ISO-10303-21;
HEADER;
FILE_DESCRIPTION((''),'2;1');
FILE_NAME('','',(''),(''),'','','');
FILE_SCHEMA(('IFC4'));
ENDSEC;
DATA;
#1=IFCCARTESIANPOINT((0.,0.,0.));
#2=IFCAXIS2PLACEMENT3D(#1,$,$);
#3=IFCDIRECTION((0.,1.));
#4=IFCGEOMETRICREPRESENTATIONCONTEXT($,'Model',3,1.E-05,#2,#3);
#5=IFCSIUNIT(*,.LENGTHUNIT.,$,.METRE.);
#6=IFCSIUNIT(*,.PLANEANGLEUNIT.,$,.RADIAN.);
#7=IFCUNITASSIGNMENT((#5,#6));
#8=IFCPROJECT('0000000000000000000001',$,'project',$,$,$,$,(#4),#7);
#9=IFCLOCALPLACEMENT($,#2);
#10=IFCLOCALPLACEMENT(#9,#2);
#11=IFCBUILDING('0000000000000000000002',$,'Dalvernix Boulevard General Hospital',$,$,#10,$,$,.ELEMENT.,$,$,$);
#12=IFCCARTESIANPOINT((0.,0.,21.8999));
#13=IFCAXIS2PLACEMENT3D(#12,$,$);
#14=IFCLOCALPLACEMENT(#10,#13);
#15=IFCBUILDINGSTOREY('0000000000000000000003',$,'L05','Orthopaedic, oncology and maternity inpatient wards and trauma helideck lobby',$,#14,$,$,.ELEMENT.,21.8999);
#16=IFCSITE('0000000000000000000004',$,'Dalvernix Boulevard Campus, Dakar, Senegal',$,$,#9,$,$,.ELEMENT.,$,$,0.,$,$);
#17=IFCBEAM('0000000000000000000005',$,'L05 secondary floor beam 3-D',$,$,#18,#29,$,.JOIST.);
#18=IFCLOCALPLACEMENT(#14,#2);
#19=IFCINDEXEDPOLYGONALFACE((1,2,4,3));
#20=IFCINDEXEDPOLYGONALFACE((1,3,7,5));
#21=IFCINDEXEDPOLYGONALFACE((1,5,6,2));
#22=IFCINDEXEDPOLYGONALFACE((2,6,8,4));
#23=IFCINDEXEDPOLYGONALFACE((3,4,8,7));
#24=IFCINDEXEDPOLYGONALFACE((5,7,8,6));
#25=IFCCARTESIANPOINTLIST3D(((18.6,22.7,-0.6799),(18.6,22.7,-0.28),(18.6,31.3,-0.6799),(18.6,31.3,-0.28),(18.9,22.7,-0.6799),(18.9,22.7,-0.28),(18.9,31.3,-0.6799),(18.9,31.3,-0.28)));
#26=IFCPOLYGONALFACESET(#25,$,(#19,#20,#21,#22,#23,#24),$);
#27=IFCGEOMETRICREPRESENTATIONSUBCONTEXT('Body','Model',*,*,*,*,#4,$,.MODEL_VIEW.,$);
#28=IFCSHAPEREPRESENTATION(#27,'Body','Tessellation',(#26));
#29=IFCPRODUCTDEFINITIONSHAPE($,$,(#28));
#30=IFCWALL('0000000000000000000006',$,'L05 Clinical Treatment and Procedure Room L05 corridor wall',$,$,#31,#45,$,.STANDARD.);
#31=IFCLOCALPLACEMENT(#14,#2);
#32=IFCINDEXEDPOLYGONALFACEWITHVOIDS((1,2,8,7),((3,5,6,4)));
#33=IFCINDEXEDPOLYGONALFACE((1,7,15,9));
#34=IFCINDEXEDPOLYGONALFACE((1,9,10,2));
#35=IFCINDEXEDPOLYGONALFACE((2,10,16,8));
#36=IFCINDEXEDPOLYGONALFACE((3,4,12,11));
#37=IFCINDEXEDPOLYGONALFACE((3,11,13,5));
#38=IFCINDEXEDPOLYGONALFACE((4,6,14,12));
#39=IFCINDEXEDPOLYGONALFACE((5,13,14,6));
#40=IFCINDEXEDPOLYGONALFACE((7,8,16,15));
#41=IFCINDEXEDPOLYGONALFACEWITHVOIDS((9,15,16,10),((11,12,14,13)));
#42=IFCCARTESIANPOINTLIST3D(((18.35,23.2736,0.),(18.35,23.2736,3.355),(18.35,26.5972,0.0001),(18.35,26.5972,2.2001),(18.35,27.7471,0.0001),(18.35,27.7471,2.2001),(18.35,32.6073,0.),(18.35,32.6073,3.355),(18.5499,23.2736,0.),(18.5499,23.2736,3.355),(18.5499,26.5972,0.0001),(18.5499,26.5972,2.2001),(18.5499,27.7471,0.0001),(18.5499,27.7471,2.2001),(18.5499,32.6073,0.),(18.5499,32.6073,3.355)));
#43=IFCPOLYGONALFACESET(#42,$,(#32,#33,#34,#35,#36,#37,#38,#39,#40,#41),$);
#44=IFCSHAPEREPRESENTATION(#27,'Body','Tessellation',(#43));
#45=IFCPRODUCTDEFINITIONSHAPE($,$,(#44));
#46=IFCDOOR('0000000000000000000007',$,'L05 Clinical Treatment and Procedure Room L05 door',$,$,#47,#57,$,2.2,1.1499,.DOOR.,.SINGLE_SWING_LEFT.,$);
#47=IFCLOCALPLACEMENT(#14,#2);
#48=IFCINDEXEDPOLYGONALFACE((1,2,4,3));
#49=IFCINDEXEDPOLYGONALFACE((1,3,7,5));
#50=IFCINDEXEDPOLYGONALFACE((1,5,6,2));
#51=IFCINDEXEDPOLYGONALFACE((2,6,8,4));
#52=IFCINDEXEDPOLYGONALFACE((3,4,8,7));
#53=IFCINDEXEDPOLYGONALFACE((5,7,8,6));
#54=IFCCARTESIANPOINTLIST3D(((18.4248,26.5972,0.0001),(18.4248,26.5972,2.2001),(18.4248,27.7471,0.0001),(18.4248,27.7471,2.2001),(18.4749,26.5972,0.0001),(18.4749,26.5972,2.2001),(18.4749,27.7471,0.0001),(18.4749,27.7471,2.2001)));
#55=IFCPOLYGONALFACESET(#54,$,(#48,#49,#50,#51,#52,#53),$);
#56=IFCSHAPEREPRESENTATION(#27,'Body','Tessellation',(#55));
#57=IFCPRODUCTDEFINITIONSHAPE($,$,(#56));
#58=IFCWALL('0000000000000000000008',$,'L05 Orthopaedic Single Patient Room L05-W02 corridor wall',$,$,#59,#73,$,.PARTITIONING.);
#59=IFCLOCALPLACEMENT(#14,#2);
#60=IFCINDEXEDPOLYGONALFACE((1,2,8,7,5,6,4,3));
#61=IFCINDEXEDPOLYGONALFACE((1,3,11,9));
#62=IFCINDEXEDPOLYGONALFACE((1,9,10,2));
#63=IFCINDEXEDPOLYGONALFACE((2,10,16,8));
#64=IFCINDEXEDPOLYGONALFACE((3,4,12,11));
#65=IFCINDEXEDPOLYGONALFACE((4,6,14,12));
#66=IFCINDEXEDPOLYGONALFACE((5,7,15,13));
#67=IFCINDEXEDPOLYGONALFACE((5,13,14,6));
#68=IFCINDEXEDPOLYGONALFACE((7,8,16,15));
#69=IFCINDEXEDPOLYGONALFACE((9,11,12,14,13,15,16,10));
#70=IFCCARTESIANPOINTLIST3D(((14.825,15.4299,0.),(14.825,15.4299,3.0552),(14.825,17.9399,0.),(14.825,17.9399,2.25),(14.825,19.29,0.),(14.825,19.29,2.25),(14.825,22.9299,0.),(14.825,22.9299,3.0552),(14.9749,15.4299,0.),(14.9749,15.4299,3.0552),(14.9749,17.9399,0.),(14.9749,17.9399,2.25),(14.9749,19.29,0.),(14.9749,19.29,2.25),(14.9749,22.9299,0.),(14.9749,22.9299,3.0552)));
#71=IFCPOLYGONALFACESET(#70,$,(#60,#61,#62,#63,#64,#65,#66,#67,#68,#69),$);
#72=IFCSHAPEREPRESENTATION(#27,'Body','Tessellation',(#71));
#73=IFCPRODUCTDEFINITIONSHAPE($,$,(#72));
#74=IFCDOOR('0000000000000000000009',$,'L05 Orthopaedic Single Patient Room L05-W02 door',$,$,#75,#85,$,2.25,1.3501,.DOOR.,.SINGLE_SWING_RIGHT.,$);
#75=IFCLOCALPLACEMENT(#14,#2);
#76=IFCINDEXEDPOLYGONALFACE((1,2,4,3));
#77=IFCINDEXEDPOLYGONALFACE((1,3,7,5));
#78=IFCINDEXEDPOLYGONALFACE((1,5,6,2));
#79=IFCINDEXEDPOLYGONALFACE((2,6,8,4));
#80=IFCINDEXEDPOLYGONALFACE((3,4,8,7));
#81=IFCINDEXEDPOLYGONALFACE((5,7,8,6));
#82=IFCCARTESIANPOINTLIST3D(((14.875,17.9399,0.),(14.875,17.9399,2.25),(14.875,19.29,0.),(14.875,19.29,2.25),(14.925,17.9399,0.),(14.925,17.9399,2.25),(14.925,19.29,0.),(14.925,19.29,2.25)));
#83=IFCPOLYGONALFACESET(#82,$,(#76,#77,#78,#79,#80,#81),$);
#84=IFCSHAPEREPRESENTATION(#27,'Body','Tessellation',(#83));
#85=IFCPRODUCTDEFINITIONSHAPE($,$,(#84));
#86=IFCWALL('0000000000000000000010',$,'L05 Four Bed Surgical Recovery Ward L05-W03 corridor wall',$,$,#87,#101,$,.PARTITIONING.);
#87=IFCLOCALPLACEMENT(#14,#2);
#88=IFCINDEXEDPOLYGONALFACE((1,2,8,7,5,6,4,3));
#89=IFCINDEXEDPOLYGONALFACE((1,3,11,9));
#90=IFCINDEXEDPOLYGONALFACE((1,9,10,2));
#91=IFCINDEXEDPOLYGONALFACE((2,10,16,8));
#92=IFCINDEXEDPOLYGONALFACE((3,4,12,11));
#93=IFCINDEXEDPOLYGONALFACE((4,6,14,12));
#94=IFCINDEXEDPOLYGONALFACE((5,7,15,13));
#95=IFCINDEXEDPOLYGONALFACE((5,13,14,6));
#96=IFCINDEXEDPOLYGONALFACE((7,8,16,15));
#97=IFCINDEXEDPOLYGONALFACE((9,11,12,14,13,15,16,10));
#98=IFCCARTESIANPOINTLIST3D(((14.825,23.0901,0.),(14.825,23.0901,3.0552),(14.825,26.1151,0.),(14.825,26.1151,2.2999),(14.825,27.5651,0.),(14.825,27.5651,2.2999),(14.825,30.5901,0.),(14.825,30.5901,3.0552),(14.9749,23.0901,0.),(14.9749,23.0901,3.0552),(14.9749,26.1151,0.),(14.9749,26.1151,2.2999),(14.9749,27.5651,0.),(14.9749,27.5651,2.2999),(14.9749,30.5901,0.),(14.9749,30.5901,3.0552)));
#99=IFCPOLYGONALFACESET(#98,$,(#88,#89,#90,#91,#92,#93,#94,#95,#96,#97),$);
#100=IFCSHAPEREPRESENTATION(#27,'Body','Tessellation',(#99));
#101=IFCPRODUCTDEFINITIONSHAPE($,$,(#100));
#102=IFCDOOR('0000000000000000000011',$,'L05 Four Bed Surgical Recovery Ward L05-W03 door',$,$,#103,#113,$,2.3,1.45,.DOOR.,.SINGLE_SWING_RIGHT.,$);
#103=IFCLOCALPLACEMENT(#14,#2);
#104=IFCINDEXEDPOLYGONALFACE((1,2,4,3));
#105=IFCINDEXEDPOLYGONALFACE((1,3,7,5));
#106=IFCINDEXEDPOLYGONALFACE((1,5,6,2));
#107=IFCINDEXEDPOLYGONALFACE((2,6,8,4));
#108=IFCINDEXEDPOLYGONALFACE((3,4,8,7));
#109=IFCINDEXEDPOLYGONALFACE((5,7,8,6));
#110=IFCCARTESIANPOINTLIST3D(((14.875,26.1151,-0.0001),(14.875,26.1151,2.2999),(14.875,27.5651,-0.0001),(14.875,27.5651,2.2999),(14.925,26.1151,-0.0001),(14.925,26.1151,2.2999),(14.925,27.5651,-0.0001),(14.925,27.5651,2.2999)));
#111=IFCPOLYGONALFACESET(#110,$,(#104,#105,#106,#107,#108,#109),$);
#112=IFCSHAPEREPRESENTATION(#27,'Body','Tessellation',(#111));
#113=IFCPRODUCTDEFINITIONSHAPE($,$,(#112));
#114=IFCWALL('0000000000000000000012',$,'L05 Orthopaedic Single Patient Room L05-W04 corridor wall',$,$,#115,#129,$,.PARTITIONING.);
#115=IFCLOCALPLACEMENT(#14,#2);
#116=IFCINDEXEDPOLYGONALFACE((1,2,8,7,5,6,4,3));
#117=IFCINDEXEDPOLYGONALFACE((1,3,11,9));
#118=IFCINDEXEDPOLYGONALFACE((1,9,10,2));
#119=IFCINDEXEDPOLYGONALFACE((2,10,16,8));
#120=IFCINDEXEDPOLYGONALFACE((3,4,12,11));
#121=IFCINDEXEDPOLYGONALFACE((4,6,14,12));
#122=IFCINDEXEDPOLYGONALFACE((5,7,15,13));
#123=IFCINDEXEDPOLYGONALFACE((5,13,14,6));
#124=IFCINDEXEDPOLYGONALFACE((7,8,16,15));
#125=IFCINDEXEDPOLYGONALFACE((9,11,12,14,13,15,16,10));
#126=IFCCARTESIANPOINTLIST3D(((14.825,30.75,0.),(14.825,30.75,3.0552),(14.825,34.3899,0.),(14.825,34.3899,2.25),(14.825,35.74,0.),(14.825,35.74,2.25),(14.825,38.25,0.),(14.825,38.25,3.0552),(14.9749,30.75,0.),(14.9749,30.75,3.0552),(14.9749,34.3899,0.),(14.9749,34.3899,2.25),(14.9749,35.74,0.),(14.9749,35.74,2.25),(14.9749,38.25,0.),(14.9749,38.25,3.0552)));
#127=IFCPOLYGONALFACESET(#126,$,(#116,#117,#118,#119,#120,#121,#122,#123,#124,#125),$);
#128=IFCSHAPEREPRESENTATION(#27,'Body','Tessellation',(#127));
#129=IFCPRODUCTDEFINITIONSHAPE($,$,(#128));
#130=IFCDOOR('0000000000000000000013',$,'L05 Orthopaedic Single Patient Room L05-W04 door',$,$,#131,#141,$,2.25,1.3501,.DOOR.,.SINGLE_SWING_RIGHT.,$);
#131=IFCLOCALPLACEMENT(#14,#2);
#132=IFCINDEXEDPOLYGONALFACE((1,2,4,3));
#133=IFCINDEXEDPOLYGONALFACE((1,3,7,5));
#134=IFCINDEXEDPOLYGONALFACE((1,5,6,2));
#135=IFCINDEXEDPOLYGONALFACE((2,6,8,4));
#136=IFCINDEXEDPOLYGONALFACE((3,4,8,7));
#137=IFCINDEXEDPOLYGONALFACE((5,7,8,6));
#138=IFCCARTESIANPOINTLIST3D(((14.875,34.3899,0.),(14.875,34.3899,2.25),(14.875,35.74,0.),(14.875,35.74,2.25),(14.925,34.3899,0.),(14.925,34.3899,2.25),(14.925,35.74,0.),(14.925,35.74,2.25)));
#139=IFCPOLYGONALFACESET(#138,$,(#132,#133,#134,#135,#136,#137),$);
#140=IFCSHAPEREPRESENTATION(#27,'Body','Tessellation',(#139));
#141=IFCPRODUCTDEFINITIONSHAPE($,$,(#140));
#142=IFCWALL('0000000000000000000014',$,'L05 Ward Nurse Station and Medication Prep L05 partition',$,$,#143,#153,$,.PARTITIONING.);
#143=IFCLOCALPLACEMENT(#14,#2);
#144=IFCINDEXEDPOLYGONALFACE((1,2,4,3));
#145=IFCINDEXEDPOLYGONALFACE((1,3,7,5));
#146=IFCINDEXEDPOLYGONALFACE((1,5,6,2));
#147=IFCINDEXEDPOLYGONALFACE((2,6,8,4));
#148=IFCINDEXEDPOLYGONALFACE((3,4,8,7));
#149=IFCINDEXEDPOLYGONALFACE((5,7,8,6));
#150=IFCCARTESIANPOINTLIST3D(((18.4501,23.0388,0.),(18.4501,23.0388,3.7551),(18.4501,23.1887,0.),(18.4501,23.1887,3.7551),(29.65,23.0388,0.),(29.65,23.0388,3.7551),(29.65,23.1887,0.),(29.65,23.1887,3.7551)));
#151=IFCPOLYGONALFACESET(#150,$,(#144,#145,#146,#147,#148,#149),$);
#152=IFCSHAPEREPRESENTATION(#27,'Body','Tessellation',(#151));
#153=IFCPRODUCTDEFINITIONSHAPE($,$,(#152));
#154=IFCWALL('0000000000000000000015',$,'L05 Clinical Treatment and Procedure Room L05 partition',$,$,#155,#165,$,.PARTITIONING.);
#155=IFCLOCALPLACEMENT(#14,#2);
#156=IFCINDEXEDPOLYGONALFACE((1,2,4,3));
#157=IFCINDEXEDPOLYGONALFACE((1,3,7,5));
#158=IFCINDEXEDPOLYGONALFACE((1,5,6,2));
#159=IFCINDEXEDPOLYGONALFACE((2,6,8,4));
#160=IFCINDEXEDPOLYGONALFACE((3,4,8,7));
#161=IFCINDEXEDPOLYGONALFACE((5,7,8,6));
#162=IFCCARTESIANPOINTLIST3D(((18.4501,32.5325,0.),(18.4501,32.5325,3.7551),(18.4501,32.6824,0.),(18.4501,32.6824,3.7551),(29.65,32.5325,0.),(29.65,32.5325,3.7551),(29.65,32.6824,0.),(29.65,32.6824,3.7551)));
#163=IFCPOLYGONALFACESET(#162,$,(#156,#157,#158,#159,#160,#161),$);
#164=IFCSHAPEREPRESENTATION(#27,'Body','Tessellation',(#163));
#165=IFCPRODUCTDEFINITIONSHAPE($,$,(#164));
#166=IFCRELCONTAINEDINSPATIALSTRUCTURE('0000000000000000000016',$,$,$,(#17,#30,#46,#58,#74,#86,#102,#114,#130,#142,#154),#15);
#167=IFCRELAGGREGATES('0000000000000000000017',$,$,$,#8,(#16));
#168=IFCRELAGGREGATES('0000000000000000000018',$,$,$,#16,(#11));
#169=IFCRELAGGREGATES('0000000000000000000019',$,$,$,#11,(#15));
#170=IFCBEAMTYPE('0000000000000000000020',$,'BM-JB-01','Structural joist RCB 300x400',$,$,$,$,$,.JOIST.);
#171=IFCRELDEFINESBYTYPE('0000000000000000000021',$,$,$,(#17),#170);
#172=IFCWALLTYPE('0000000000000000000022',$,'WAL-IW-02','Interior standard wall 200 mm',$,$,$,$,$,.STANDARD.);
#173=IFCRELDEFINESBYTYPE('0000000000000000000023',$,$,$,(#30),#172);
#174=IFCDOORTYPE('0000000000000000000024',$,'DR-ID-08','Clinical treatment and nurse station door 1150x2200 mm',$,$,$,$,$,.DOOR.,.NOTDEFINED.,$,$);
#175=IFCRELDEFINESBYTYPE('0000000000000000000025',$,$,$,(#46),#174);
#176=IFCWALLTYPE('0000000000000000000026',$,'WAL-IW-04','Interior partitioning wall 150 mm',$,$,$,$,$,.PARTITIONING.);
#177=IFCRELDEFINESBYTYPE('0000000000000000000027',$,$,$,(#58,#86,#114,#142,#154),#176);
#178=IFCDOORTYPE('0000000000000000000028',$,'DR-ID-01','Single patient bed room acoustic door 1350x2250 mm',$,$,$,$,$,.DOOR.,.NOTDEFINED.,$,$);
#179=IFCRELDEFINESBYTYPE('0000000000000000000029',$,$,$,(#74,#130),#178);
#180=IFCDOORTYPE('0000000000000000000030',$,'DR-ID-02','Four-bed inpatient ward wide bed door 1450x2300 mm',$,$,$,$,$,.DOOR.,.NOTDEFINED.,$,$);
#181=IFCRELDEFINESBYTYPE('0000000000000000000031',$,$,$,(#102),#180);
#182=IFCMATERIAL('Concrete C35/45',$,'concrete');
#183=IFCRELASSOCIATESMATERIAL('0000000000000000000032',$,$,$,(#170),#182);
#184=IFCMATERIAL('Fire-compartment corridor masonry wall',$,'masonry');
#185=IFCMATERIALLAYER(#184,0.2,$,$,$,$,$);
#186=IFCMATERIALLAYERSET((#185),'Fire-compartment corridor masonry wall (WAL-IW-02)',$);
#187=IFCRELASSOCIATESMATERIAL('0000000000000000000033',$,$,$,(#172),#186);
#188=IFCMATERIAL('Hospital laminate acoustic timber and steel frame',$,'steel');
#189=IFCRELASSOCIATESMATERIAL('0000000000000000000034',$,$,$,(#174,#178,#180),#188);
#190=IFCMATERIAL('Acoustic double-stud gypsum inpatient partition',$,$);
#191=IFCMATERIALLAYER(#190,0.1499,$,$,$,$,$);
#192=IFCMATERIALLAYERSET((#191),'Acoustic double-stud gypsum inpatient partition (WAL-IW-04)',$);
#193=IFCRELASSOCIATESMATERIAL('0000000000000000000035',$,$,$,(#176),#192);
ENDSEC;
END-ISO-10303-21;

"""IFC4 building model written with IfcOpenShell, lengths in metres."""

from ifc_helpers import new_model, si_unit, direction, frame, frame_2d, origin, origin_2d, place, context, subcontext, project, spatial, rectangle, extrude, material, layer, layer_set, material_profile, profile_set, type_object, element, fill, save


model = new_model("IFC4")

# Units and contexts
model_context = context("Model", 3, precision=1e-05, world=origin(), true_north=direction((0.0, 1.0)))
body_context = subcontext(model_context, "Body", "Model", "MODEL_VIEW")
ifc_project = project(units=[si_unit("LENGTHUNIT", "METRE"), si_unit("PLANEANGLEUNIT", "RADIAN")], contexts=[model_context])

# Site, building, storey
site_placement = place(None, origin())
site = spatial("IfcSite", under=ifc_project, at=site_placement, Name="Dalvernix Boulevard Campus, Dakar, Senegal", CompositionType="ELEMENT", RefElevation=0.0)
building_placement = place(site_placement, origin())
building = spatial("IfcBuilding", under=site, at=building_placement, Name="Dalvernix Boulevard General Hospital", CompositionType="ELEMENT")
storey_placement = place(building_placement, frame((0.0, 0.0, 21.8999)))
storey = spatial("IfcBuildingStorey", under=building, at=storey_placement, Name="L05", Description="Orthopaedic, oncology and maternity inpatient wards and trauma helideck lobby", CompositionType="ELEMENT", Elevation=21.8999)

# Beam
ifc_material_1 = material(Name="Concrete C35/45", Category="concrete")
ifc_material_profile_1 = material_profile(ifc_material_1, rectangle(XDim=0.3, YDim=0.3999, at=origin_2d()), Name="RCB 300x400")
ifc_profile_set_1 = profile_set([ifc_material_profile_1], Name="Concrete C35/45")
beam_type_1 = type_object("IfcBeamType", Name="BM-JB-01", Description="Structural joist RCB 300x400", PredefinedType="JOIST", material=ifc_profile_set_1)
beam_placement = place(storey_placement, frame((18.75, 22.7, -0.48), z_axis=(0.0, 1.0, 0.0), x_axis=(-1.0, 0.0, 0.0)))
element("IfcBeam", 1, at=beam_placement, inside=storey, type_object=beam_type_1, Name="L05 secondary floor beam 3-D", PredefinedType="JOIST", context=body_context, shape_type="SweptSolid", body=[
    extrude(rectangle(XDim=0.3, YDim=0.3999, at=origin_2d()), origin(), (0.0, 0.0, 1.0), 8.6001),
])

# Walls, openings, doors
ifc_material_2 = material(Name="Fire-compartment corridor masonry wall", Category="masonry")
ifc_layer_1 = layer(ifc_material_2, 0.2)
ifc_layer_set_1 = layer_set([ifc_layer_1], Name="Fire-compartment corridor masonry wall (WAL-IW-02)")
wall_type_1 = type_object("IfcWallType", Name="WAL-IW-02", Description="Interior standard wall 200 mm", PredefinedType="STANDARD", material=ifc_layer_set_1)
wall_1_placement = place(storey_placement, frame((18.45, 32.6074, 0.0), z_axis=(0.0, 0.0, 1.0), x_axis=(0.0, -1.0, 0.0)))
wall_1 = element("IfcWall", 2, at=wall_1_placement, inside=storey, type_object=wall_type_1, Name="L05 Clinical Treatment and Procedure Room L05 corridor wall", PredefinedType="STANDARD", context=body_context, shape_type="SweptSolid", body=[
    extrude(rectangle(XDim=9.3337, YDim=0.2, at=frame_2d((4.667, 0.0))), origin(), (0.0, 0.0, 1.0), 3.355),
])
opening_1_placement = place(wall_1_placement, frame((4.8604, 0.0, 0.0)))
opening_1 = element("IfcOpeningElement", 3, at=opening_1_placement, cuts=wall_1, PredefinedType="OPENING", context=body_context, shape_type="SweptSolid", body=[
    extrude(rectangle(XDim=1.1499, YDim=2.2, at=frame_2d((0.575, 1.1001))), frame((0.0, 0.1099, 0.0), z_axis=(0.0, -1.0, 0.0), x_axis=(1.0, 0.0, 0.0)), (0.0, 0.0, 1.0), 0.22),
])
ifc_material_3 = material(Name="Hospital laminate acoustic timber and steel frame", Category="steel")
door_type_1 = type_object("IfcDoorType", Name="DR-ID-08", Description="Clinical treatment and nurse station door 1150x2200 mm", OperationType="NOTDEFINED", PredefinedType="DOOR", material=ifc_material_3)
door_1_placement = place(opening_1_placement, origin())
door_1 = element("IfcDoor", 4, at=door_1_placement, inside=storey, type_object=door_type_1, Name="L05 Clinical Treatment and Procedure Room L05 door", OperationType="SINGLE_SWING_LEFT", OverallHeight=2.2, OverallWidth=1.1499, PredefinedType="DOOR", context=body_context, shape_type="SweptSolid", body=[
    extrude(rectangle(XDim=1.1499, YDim=2.2, at=frame_2d((0.575, 1.1001))), frame((0.0, 0.0249, 0.0), z_axis=(0.0, -1.0, 0.0), x_axis=(1.0, 0.0, 0.0)), (0.0, 0.0, 1.0), 0.05),
])
fill(opening_1, door_1)
ifc_material_4 = material(Name="Acoustic double-stud gypsum inpatient partition")
ifc_layer_2 = layer(ifc_material_4, 0.1499)
ifc_layer_set_2 = layer_set([ifc_layer_2], Name="Acoustic double-stud gypsum inpatient partition (WAL-IW-04)")
wall_type_2 = type_object("IfcWallType", Name="WAL-IW-04", Description="Interior partitioning wall 150 mm", PredefinedType="PARTITIONING", material=ifc_layer_set_2)
wall_2_placement = place(storey_placement, frame((14.8999, 15.4299, 0.0), z_axis=(0.0, 0.0, 1.0), x_axis=(0.0, 1.0, 0.0)))
wall_2 = element("IfcWall", 5, at=wall_2_placement, inside=storey, type_object=wall_type_2, Name="L05 Orthopaedic Single Patient Room L05-W02 corridor wall", PredefinedType="PARTITIONING", context=body_context, shape_type="SweptSolid", body=[
    extrude(rectangle(XDim=7.5, YDim=0.1499, at=frame_2d((3.75, 0.0))), origin(), (0.0, 0.0, 1.0), 3.0552),
])
opening_2_placement = place(wall_2_placement, frame((2.51, 0.0, 0.0)))
opening_2 = element("IfcOpeningElement", 6, at=opening_2_placement, cuts=wall_2, PredefinedType="OPENING", context=body_context, shape_type="SweptSolid", body=[
    extrude(rectangle(XDim=1.3501, YDim=2.25, at=frame_2d((0.675, 1.125))), frame((0.0, 0.085, 0.0), z_axis=(0.0, -1.0, 0.0), x_axis=(1.0, 0.0, 0.0)), (0.0, 0.0, 1.0), 0.1699),
])
door_type_2 = type_object("IfcDoorType", Name="DR-ID-01", Description="Single patient bed room acoustic door 1350x2250 mm", OperationType="NOTDEFINED", PredefinedType="DOOR", material=ifc_material_3)
door_2_placement = place(opening_2_placement, origin())
door_2 = element("IfcDoor", 7, at=door_2_placement, inside=storey, type_object=door_type_2, Name="L05 Orthopaedic Single Patient Room L05-W02 door", OperationType="SINGLE_SWING_RIGHT", OverallHeight=2.25, OverallWidth=1.3501, PredefinedType="DOOR", context=body_context, shape_type="SweptSolid", body=[
    extrude(rectangle(XDim=1.3501, YDim=2.25, at=frame_2d((0.675, 1.125))), frame((0.0, 0.0249, 0.0), z_axis=(0.0, -1.0, 0.0), x_axis=(1.0, 0.0, 0.0)), (0.0, 0.0, 1.0), 0.05),
])
fill(opening_2, door_2)
wall_3_placement = place(storey_placement, frame((14.8999, 23.0901, 0.0), z_axis=(0.0, 0.0, 1.0), x_axis=(0.0, 1.0, 0.0)))
wall_3 = element("IfcWall", 8, at=wall_3_placement, inside=storey, type_object=wall_type_2, Name="L05 Four Bed Surgical Recovery Ward L05-W03 corridor wall", PredefinedType="PARTITIONING", context=body_context, shape_type="SweptSolid", body=[
    extrude(rectangle(XDim=7.5, YDim=0.1499, at=frame_2d((3.75, 0.0))), origin(), (0.0, 0.0, 1.0), 3.0552),
])
opening_3_placement = place(wall_3_placement, frame((3.0249, 0.0, 0.0)))
opening_3 = element("IfcOpeningElement", 9, at=opening_3_placement, cuts=wall_3, PredefinedType="OPENING", context=body_context, shape_type="SweptSolid", body=[
    extrude(rectangle(XDim=1.45, YDim=2.3, at=frame_2d((0.7251, 1.1499))), frame((0.0, 0.085, 0.0), z_axis=(0.0, -1.0, 0.0), x_axis=(1.0, 0.0, 0.0)), (0.0, 0.0, 1.0), 0.1699),
])
door_type_3 = type_object("IfcDoorType", Name="DR-ID-02", Description="Four-bed inpatient ward wide bed door 1450x2300 mm", OperationType="NOTDEFINED", PredefinedType="DOOR", material=ifc_material_3)
door_3_placement = place(opening_3_placement, origin())
door_3 = element("IfcDoor", 10, at=door_3_placement, inside=storey, type_object=door_type_3, Name="L05 Four Bed Surgical Recovery Ward L05-W03 door", OperationType="SINGLE_SWING_RIGHT", OverallHeight=2.3, OverallWidth=1.45, PredefinedType="DOOR", context=body_context, shape_type="SweptSolid", body=[
    extrude(rectangle(XDim=1.45, YDim=2.3, at=frame_2d((0.7251, 1.1499))), frame((0.0, 0.0249, 0.0), z_axis=(0.0, -1.0, 0.0), x_axis=(1.0, 0.0, 0.0)), (0.0, 0.0, 1.0), 0.05),
])
fill(opening_3, door_3)
wall_4_placement = place(storey_placement, frame((14.8999, 30.75, 0.0), z_axis=(0.0, 0.0, 1.0), x_axis=(0.0, 1.0, 0.0)))
wall_4 = element("IfcWall", 11, at=wall_4_placement, inside=storey, type_object=wall_type_2, Name="L05 Orthopaedic Single Patient Room L05-W04 corridor wall", PredefinedType="PARTITIONING", context=body_context, shape_type="SweptSolid", body=[
    extrude(rectangle(XDim=7.5, YDim=0.1499, at=frame_2d((3.75, 0.0))), origin(), (0.0, 0.0, 1.0), 3.0552),
])
opening_4_placement = place(wall_4_placement, frame((3.6399, 0.0, 0.0)))
opening_4 = element("IfcOpeningElement", 12, at=opening_4_placement, cuts=wall_4, PredefinedType="OPENING", context=body_context, shape_type="SweptSolid", body=[
    extrude(rectangle(XDim=1.3501, YDim=2.25, at=frame_2d((0.675, 1.125))), frame((0.0, 0.085, 0.0), z_axis=(0.0, -1.0, 0.0), x_axis=(1.0, 0.0, 0.0)), (0.0, 0.0, 1.0), 0.1699),
])
door_4_placement = place(opening_4_placement, origin())
door_4 = element("IfcDoor", 13, at=door_4_placement, inside=storey, type_object=door_type_2, Name="L05 Orthopaedic Single Patient Room L05-W04 door", OperationType="SINGLE_SWING_RIGHT", OverallHeight=2.25, OverallWidth=1.3501, PredefinedType="DOOR", context=body_context, shape_type="SweptSolid", body=[
    extrude(rectangle(XDim=1.3501, YDim=2.25, at=frame_2d((0.675, 1.125))), frame((0.0, 0.0249, 0.0), z_axis=(0.0, -1.0, 0.0), x_axis=(1.0, 0.0, 0.0)), (0.0, 0.0, 1.0), 0.05),
])
fill(opening_4, door_4)

# Walls
for number, where, z_axis, x_axis, name in (
    (14, (18.45, 23.1138, 0.0), (0.0, 0.0, 1.0), (1.0, 0.0, 0.0), "L05 Ward Nurse Station and Medication Prep L05 partition"),
    (15, (18.45, 32.6074, 0.0), (0.0, 0.0, 1.0), (1.0, 0.0, 0.0), "L05 Clinical Treatment and Procedure Room L05 partition"),
):
    element("IfcWall", number, at=place(storey_placement, frame(where, z_axis=z_axis, x_axis=x_axis)), inside=storey, type_object=wall_type_2, Name=name, PredefinedType="PARTITIONING", context=body_context, shape_type="SweptSolid", body=[
        extrude(rectangle(XDim=11.2, YDim=0.1499, at=frame_2d((5.6001, 0.0))), origin(), (0.0, 0.0, 1.0), 3.7551),
    ])

save(model, "model.ifc")
